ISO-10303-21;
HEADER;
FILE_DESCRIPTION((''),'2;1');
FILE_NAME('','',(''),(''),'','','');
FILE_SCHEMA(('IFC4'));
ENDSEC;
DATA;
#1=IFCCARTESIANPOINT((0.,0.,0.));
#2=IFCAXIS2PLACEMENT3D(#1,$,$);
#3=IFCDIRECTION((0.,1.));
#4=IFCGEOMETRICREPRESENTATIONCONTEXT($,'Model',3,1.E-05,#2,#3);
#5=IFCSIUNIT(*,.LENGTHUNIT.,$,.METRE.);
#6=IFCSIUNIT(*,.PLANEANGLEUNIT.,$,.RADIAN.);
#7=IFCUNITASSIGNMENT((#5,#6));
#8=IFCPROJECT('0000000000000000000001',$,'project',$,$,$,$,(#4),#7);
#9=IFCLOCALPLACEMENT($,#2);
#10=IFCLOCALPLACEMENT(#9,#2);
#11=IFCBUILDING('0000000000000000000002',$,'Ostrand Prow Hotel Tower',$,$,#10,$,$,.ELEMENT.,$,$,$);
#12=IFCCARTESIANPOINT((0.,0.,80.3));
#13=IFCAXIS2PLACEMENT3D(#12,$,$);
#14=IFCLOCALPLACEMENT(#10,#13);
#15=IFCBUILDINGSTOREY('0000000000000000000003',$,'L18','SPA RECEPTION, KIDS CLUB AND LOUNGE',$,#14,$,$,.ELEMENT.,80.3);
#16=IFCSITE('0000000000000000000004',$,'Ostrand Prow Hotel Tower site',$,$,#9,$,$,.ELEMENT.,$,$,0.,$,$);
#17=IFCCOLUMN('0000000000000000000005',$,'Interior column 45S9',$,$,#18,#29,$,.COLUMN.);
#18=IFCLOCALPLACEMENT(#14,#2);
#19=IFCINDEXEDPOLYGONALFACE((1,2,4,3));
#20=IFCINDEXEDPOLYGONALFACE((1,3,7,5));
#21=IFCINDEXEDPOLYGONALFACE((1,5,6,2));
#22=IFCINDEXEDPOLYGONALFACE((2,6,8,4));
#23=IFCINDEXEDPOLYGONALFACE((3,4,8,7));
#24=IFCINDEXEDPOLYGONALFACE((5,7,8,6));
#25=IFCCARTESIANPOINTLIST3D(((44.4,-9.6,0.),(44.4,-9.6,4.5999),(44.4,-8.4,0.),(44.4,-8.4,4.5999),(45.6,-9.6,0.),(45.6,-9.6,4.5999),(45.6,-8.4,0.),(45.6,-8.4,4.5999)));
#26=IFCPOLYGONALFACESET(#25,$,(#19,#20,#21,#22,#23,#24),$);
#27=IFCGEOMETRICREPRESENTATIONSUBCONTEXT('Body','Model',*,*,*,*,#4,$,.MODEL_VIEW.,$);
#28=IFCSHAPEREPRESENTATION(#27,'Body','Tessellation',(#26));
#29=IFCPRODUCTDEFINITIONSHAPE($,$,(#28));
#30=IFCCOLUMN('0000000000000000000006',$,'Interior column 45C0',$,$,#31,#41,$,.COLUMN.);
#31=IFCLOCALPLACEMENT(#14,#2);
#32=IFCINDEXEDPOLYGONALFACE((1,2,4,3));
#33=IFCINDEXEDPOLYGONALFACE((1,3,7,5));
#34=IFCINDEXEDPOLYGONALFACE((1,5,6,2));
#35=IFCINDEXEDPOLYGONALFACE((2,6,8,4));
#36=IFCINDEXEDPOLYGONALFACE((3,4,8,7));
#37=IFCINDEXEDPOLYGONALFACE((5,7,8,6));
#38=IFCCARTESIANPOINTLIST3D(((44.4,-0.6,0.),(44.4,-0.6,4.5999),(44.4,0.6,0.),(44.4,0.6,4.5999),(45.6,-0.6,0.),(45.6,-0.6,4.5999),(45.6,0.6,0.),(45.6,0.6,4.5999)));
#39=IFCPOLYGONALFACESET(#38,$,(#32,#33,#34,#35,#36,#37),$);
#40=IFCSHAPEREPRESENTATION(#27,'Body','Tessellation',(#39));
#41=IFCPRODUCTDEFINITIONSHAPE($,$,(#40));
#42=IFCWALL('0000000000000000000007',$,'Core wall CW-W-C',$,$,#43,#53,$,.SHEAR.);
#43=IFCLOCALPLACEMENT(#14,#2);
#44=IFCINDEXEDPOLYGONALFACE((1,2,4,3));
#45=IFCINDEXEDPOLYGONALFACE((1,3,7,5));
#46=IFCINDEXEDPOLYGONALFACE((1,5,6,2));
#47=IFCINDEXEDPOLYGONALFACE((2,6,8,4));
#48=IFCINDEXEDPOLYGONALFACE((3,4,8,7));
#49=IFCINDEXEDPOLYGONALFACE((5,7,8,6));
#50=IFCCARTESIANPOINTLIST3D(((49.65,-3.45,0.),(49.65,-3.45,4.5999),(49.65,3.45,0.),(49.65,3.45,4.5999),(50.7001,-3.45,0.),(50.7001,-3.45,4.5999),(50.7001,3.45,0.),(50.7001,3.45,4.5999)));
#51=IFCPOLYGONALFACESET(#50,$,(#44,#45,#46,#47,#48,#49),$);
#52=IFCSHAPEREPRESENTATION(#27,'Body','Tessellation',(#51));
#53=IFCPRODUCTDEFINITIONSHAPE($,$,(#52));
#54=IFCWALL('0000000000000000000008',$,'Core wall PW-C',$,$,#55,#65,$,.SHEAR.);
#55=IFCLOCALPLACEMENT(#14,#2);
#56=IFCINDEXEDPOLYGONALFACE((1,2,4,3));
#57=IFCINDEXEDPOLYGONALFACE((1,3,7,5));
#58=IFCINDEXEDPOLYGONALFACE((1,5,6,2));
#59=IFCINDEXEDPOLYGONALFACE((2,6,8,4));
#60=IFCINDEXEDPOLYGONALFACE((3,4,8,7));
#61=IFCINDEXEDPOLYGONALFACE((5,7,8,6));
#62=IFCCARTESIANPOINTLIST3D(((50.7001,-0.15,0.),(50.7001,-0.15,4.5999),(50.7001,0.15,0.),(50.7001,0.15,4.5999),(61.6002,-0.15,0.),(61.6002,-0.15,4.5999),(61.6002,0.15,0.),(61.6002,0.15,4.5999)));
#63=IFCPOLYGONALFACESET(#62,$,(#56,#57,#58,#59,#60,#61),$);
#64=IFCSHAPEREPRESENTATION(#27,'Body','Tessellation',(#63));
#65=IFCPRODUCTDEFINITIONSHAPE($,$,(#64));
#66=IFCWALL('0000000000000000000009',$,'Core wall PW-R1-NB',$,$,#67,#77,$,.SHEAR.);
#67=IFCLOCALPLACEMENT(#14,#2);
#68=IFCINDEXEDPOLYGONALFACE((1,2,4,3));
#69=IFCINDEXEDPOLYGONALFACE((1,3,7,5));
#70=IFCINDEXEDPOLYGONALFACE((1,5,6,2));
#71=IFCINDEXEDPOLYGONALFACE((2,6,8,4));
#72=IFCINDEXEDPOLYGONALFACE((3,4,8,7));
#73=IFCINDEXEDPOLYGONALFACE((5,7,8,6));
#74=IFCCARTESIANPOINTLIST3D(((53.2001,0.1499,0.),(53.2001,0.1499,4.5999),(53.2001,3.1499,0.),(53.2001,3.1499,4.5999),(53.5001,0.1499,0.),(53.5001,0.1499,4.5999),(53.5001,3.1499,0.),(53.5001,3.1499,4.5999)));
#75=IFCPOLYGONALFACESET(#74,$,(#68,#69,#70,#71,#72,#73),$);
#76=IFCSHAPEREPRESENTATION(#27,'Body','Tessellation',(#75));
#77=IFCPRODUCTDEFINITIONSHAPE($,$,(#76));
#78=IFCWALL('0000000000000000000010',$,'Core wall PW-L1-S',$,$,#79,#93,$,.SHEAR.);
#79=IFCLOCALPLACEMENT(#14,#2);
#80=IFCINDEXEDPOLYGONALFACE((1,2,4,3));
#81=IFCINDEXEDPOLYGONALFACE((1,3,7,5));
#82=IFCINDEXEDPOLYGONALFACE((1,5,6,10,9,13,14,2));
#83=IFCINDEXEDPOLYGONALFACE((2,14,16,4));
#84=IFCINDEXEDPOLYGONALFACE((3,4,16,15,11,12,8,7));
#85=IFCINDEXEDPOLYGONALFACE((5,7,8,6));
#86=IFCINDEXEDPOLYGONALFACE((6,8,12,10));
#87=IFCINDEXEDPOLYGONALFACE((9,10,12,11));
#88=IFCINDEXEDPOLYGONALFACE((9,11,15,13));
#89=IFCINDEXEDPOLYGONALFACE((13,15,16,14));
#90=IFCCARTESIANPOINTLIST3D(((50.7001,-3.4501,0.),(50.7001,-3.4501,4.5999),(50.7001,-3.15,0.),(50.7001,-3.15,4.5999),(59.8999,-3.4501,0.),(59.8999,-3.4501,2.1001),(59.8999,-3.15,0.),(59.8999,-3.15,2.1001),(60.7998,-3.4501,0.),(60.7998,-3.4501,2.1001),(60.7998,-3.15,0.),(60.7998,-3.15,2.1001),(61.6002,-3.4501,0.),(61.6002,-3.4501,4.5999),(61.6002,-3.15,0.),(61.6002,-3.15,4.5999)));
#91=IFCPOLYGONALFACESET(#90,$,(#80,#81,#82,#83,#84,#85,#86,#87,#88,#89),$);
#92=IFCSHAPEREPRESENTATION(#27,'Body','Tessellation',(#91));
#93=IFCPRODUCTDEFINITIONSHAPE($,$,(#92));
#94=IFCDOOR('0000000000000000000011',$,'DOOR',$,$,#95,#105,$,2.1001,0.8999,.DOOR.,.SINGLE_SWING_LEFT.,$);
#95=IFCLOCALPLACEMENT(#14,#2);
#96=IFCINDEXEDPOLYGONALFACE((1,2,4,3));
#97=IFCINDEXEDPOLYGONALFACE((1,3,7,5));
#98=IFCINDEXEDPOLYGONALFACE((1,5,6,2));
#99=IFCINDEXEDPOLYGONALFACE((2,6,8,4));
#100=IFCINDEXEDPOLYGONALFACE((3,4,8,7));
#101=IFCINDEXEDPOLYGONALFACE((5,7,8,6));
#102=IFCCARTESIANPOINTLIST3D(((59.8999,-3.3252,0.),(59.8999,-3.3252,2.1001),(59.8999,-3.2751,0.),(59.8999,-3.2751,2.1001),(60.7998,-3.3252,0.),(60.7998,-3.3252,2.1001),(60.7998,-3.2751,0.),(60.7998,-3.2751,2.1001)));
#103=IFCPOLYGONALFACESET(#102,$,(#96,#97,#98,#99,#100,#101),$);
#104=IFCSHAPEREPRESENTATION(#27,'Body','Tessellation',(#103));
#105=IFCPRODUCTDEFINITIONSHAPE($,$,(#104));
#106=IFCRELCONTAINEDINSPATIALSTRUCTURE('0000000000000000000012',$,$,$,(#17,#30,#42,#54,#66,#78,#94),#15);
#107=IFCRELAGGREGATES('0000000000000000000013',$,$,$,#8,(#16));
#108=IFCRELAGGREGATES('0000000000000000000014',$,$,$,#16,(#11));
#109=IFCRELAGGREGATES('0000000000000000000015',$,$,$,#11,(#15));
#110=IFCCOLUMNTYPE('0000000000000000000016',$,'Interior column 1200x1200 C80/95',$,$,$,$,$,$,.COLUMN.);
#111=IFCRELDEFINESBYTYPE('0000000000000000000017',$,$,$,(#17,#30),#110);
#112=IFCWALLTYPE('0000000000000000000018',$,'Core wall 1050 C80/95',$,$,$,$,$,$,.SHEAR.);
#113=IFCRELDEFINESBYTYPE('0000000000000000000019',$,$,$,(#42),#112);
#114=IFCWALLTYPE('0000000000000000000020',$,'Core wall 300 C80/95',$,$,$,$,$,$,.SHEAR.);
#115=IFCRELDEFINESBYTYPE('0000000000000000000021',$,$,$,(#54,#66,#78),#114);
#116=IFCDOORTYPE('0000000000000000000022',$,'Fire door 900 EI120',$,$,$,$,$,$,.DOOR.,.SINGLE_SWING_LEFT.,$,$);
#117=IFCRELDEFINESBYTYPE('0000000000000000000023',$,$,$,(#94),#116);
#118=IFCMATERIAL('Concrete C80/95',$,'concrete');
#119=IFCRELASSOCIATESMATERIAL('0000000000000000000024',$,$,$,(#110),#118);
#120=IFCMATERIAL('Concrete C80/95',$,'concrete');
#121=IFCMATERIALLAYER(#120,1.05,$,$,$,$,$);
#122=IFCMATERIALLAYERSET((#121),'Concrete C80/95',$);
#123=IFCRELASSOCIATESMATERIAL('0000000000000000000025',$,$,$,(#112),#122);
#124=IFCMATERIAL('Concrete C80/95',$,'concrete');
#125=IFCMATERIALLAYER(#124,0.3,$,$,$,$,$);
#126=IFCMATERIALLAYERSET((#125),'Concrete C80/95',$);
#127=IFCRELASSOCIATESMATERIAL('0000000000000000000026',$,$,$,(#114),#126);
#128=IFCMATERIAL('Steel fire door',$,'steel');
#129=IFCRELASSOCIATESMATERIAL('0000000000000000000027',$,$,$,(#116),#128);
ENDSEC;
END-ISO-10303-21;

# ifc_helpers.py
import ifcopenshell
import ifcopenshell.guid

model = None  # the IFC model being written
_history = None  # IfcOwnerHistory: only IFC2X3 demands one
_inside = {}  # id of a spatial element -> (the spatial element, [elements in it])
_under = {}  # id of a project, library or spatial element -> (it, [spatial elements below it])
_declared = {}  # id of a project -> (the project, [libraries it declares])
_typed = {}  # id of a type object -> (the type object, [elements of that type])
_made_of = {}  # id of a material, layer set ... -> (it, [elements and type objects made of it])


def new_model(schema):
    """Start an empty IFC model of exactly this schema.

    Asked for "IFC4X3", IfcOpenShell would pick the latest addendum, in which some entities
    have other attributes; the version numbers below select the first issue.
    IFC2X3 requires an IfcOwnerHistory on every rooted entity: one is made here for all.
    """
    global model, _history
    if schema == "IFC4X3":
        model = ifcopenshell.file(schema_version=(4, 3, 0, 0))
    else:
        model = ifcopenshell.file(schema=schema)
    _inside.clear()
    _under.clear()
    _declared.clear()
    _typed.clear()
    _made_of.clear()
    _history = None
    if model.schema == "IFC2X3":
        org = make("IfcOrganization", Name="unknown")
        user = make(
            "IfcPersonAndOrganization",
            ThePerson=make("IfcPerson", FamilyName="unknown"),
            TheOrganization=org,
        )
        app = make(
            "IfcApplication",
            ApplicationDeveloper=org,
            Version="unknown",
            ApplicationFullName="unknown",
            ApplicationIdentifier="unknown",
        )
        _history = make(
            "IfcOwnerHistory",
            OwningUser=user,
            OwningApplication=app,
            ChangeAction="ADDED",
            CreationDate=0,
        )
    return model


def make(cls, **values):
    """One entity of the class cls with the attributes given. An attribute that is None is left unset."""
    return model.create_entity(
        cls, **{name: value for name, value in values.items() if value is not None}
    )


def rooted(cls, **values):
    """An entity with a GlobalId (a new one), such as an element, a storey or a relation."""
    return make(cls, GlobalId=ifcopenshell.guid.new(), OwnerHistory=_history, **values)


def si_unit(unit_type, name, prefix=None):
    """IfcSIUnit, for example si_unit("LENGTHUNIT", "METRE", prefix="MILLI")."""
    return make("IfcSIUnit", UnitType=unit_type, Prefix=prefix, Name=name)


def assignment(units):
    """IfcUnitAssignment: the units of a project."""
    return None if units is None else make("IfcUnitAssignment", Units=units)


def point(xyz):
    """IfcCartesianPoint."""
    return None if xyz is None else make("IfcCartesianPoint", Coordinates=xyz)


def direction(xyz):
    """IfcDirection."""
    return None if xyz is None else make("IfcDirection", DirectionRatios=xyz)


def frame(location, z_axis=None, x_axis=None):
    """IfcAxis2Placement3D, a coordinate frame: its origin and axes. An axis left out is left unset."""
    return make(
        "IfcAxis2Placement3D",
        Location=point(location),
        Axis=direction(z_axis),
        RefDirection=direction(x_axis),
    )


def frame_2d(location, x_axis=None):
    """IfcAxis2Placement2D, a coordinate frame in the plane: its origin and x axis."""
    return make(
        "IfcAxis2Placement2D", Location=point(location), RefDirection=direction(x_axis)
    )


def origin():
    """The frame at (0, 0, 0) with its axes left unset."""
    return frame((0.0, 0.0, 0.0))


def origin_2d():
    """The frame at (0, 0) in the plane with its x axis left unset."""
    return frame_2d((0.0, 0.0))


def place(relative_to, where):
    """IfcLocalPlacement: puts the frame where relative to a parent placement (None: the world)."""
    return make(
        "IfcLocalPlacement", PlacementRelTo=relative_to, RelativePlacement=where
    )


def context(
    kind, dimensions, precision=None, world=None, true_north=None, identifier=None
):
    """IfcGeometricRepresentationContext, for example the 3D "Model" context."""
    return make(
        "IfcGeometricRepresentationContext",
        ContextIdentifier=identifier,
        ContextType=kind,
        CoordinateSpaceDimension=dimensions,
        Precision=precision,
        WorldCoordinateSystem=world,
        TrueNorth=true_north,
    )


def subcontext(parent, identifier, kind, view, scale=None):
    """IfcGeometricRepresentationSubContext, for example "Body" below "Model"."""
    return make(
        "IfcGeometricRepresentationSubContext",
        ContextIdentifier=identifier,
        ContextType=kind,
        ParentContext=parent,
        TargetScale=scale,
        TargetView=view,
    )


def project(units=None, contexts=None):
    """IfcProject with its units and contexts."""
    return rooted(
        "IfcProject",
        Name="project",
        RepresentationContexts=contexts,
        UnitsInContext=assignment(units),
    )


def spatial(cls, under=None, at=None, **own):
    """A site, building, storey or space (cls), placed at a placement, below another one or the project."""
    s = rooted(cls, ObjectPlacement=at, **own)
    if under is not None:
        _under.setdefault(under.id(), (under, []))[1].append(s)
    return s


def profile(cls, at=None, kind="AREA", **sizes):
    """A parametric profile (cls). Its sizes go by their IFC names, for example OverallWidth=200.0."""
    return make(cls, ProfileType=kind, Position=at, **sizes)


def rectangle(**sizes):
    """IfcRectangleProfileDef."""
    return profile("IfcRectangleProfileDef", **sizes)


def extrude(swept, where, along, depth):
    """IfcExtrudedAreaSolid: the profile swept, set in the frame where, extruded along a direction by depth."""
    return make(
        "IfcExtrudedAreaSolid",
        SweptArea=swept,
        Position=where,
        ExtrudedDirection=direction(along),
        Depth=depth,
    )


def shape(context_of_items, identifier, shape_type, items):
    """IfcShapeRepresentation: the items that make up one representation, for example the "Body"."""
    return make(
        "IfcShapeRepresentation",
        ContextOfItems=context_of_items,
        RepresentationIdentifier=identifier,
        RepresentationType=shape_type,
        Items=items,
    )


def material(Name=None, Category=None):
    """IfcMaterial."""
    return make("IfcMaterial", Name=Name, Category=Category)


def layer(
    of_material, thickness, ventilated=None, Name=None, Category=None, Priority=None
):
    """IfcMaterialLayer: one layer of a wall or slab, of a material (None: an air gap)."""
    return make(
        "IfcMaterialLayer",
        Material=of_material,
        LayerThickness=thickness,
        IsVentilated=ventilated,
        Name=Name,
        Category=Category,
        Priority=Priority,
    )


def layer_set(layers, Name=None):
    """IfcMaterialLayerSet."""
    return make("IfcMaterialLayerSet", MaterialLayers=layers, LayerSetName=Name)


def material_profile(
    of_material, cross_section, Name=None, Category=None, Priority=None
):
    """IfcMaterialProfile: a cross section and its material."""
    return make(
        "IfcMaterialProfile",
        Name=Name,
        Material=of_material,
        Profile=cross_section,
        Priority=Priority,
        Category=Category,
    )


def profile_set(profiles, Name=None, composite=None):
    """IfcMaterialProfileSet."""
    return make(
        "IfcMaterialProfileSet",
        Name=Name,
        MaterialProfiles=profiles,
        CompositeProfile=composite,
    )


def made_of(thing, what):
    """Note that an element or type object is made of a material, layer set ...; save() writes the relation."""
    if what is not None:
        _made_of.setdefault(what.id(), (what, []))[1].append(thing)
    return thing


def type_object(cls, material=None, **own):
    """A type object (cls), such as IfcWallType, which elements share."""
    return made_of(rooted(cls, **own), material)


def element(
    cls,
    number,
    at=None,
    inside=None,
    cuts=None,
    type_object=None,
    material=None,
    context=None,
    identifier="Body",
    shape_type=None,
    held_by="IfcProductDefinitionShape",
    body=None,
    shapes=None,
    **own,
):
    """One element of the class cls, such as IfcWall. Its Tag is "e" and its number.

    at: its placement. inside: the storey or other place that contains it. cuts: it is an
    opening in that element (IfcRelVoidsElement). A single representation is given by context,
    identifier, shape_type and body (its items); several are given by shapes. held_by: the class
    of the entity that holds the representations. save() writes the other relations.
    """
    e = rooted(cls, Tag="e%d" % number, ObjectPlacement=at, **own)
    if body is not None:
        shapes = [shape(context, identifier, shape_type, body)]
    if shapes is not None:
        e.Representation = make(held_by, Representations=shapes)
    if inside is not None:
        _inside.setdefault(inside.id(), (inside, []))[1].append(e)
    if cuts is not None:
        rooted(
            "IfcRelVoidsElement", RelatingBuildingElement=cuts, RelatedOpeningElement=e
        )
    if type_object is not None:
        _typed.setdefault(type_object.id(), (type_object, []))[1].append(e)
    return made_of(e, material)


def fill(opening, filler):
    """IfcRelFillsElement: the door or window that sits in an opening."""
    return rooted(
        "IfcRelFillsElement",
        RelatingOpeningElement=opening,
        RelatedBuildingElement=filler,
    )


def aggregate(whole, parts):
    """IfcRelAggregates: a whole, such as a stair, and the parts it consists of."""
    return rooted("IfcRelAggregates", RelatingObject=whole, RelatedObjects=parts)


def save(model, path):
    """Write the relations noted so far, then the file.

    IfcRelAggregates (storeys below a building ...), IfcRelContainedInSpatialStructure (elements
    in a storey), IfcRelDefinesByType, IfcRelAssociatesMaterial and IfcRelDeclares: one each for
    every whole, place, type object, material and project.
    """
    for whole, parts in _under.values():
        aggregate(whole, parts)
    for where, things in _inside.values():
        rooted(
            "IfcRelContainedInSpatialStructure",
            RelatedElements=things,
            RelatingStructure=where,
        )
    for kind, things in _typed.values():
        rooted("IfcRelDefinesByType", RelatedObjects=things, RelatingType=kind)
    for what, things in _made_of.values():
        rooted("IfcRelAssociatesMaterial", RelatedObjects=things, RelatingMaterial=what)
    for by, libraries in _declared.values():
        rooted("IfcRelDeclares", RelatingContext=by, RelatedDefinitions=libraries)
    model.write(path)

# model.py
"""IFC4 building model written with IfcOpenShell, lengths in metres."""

from ifc_helpers import new_model, si_unit, direction, frame, frame_2d, origin, origin_2d, place, context, subcontext, project, spatial, rectangle, extrude, material, layer, layer_set, material_profile, profile_set, type_object, element, fill, save


model = new_model("IFC4")

# Units and contexts
model_context = context("Model", 3, precision=1e-05, world=origin(), true_north=direction((0.0, 1.0)))
body_context = subcontext(model_context, "Body", "Model", "MODEL_VIEW")
ifc_project = project(units=[si_unit("LENGTHUNIT", "METRE"), si_unit("PLANEANGLEUNIT", "RADIAN")], contexts=[model_context])

# Site, building, storey
site_placement = place(None, origin())
site = spatial("IfcSite", under=ifc_project, at=site_placement, Name="Ostrand Prow Hotel Tower site", CompositionType="ELEMENT", RefElevation=0.0)
building_placement = place(site_placement, origin())
building = spatial("IfcBuilding", under=site, at=building_placement, Name="Ostrand Prow Hotel Tower", CompositionType="ELEMENT")
storey_placement = place(building_placement, frame((0.0, 0.0, 80.3)))
storey = spatial("IfcBuildingStorey", under=building, at=storey_placement, Name="L18", Description="SPA RECEPTION, KIDS CLUB AND LOUNGE", CompositionType="ELEMENT", Elevation=80.3)

# Columns
ifc_material_1 = material(Name="Concrete C80/95", Category="concrete")
ifc_material_profile = material_profile(ifc_material_1, rectangle(XDim=1.2, YDim=1.2, at=origin_2d()), Name="RC 1200x1200")
ifc_profile_set = profile_set([ifc_material_profile], Name="Concrete C80/95")
column_type = type_object("IfcColumnType", Name="Interior column 1200x1200 C80/95", PredefinedType="COLUMN", material=ifc_profile_set)
for number, where, z_axis, x_axis, name in (
    (1, (45.0, -9.0, 0.0), (0.0, 0.0, 1.0), (1.0, 0.0, 0.0), "Interior column 45S9"),
    (2, (45.0, 0.0, 0.0), (0.0, 0.0, 1.0), (1.0, 0.0, 0.0), "Interior column 45C0"),
):
    element("IfcColumn", number, at=place(storey_placement, frame(where, z_axis=z_axis, x_axis=x_axis)), inside=storey, type_object=column_type, Name=name, PredefinedType="COLUMN", context=body_context, shape_type="SweptSolid", body=[
        extrude(rectangle(XDim=1.2, YDim=1.2, at=origin_2d()), origin(), (0.0, 0.0, 1.0), 4.5999),
    ])

# Walls
ifc_material_2 = material(Name="Concrete C80/95", Category="concrete")
ifc_layer_1 = layer(ifc_material_2, 1.05)
ifc_layer_set_1 = layer_set([ifc_layer_1], Name="Concrete C80/95")
wall_type_1 = type_object("IfcWallType", Name="Core wall 1050 C80/95", PredefinedType="SHEAR", material=ifc_layer_set_1)
wall_1_placement = place(storey_placement, frame((50.175, -3.45, 0.0), z_axis=(0.0, 0.0, 1.0), x_axis=(0.0, 1.0, 0.0)))
element("IfcWall", 3, at=wall_1_placement, inside=storey, type_object=wall_type_1, Name="Core wall CW-W-C", PredefinedType="SHEAR", context=body_context, shape_type="SweptSolid", body=[
    extrude(rectangle(XDim=6.8999, YDim=1.05, at=frame_2d((3.45, 0.0))), origin(), (0.0, 0.0, 1.0), 4.5999),
])
ifc_material_3 = material(Name="Concrete C80/95", Category="concrete")
ifc_layer_2 = layer(ifc_material_3, 0.3)
ifc_layer_set_2 = layer_set([ifc_layer_2], Name="Concrete C80/95")
wall_type_2 = type_object("IfcWallType", Name="Core wall 300 C80/95", PredefinedType="SHEAR", material=ifc_layer_set_2)
wall_2_placement = place(storey_placement, frame((50.7, 0.0, 0.0), z_axis=(0.0, 0.0, 1.0), x_axis=(1.0, 0.0, 0.0)))
element("IfcWall", 4, at=wall_2_placement, inside=storey, type_object=wall_type_2, Name="Core wall PW-C", PredefinedType="SHEAR", context=body_context, shape_type="SweptSolid", body=[
    extrude(rectangle(XDim=10.9001, YDim=0.3, at=frame_2d((5.4502, 0.0))), origin(), (0.0, 0.0, 1.0), 4.5999),
])
wall_3_placement = place(storey_placement, frame((53.3501, 0.1499, 0.0), z_axis=(0.0, 0.0, 1.0), x_axis=(0.0, 1.0, 0.0)))
element("IfcWall", 5, at=wall_3_placement, inside=storey, type_object=wall_type_2, Name="Core wall PW-R1-NB", PredefinedType="SHEAR", context=body_context, shape_type="SweptSolid", body=[
    extrude(rectangle(XDim=3.0, YDim=0.3, at=frame_2d((1.5, 0.0))), origin(), (0.0, 0.0, 1.0), 4.5999),
])

# Wall, opening, door
wall_4_placement = place(storey_placement, frame((50.7, -3.3, 0.0), z_axis=(0.0, 0.0, 1.0), x_axis=(1.0, 0.0, 0.0)))
wall_4 = element("IfcWall", 6, at=wall_4_placement, inside=storey, type_object=wall_type_2, Name="Core wall PW-L1-S", PredefinedType="SHEAR", context=body_context, shape_type="SweptSolid", body=[
    extrude(rectangle(XDim=10.9001, YDim=0.3, at=frame_2d((5.4502, 0.0))), origin(), (0.0, 0.0, 1.0), 4.5999),
])
opening_1_placement = place(wall_4_placement, frame((9.2, 0.0, 0.0)))
opening_1 = element("IfcOpeningElement", 7, at=opening_1_placement, cuts=wall_4, PredefinedType="OPENING", context=body_context, shape_type="SweptSolid", body=[
    extrude(rectangle(XDim=0.8999, YDim=2.1001, at=frame_2d((0.45, 1.05))), frame((0.0, 0.1599, 0.0), z_axis=(0.0, -1.0, 0.0), x_axis=(1.0, 0.0, 0.0)), (0.0, 0.0, 1.0), 0.3201),
])
ifc_material_4 = material(Name="Steel fire door", Category="steel")
door_type_1 = type_object("IfcDoorType", Name="Fire door 900 EI120", OperationType="SINGLE_SWING_LEFT", PredefinedType="DOOR", material=ifc_material_4)
door_1_placement = place(opening_1_placement, origin())
door_1 = element("IfcDoor", 8, at=door_1_placement, inside=storey, type_object=door_type_1, Name="DOOR", OperationType="SINGLE_SWING_LEFT", OverallHeight=2.1001, OverallWidth=0.8999, PredefinedType="DOOR", context=body_context, shape_type="SweptSolid", body=[
    extrude(rectangle(XDim=0.8999, YDim=2.1001, at=frame_2d((0.45, 1.05))), frame((0.0, 0.0249, 0.0), z_axis=(0.0, -1.0, 0.0), x_axis=(1.0, 0.0, 0.0)), (0.0, 0.0, 1.0), 0.05),
])
fill(opening_1, door_1)

save(model, "model.ifc")
